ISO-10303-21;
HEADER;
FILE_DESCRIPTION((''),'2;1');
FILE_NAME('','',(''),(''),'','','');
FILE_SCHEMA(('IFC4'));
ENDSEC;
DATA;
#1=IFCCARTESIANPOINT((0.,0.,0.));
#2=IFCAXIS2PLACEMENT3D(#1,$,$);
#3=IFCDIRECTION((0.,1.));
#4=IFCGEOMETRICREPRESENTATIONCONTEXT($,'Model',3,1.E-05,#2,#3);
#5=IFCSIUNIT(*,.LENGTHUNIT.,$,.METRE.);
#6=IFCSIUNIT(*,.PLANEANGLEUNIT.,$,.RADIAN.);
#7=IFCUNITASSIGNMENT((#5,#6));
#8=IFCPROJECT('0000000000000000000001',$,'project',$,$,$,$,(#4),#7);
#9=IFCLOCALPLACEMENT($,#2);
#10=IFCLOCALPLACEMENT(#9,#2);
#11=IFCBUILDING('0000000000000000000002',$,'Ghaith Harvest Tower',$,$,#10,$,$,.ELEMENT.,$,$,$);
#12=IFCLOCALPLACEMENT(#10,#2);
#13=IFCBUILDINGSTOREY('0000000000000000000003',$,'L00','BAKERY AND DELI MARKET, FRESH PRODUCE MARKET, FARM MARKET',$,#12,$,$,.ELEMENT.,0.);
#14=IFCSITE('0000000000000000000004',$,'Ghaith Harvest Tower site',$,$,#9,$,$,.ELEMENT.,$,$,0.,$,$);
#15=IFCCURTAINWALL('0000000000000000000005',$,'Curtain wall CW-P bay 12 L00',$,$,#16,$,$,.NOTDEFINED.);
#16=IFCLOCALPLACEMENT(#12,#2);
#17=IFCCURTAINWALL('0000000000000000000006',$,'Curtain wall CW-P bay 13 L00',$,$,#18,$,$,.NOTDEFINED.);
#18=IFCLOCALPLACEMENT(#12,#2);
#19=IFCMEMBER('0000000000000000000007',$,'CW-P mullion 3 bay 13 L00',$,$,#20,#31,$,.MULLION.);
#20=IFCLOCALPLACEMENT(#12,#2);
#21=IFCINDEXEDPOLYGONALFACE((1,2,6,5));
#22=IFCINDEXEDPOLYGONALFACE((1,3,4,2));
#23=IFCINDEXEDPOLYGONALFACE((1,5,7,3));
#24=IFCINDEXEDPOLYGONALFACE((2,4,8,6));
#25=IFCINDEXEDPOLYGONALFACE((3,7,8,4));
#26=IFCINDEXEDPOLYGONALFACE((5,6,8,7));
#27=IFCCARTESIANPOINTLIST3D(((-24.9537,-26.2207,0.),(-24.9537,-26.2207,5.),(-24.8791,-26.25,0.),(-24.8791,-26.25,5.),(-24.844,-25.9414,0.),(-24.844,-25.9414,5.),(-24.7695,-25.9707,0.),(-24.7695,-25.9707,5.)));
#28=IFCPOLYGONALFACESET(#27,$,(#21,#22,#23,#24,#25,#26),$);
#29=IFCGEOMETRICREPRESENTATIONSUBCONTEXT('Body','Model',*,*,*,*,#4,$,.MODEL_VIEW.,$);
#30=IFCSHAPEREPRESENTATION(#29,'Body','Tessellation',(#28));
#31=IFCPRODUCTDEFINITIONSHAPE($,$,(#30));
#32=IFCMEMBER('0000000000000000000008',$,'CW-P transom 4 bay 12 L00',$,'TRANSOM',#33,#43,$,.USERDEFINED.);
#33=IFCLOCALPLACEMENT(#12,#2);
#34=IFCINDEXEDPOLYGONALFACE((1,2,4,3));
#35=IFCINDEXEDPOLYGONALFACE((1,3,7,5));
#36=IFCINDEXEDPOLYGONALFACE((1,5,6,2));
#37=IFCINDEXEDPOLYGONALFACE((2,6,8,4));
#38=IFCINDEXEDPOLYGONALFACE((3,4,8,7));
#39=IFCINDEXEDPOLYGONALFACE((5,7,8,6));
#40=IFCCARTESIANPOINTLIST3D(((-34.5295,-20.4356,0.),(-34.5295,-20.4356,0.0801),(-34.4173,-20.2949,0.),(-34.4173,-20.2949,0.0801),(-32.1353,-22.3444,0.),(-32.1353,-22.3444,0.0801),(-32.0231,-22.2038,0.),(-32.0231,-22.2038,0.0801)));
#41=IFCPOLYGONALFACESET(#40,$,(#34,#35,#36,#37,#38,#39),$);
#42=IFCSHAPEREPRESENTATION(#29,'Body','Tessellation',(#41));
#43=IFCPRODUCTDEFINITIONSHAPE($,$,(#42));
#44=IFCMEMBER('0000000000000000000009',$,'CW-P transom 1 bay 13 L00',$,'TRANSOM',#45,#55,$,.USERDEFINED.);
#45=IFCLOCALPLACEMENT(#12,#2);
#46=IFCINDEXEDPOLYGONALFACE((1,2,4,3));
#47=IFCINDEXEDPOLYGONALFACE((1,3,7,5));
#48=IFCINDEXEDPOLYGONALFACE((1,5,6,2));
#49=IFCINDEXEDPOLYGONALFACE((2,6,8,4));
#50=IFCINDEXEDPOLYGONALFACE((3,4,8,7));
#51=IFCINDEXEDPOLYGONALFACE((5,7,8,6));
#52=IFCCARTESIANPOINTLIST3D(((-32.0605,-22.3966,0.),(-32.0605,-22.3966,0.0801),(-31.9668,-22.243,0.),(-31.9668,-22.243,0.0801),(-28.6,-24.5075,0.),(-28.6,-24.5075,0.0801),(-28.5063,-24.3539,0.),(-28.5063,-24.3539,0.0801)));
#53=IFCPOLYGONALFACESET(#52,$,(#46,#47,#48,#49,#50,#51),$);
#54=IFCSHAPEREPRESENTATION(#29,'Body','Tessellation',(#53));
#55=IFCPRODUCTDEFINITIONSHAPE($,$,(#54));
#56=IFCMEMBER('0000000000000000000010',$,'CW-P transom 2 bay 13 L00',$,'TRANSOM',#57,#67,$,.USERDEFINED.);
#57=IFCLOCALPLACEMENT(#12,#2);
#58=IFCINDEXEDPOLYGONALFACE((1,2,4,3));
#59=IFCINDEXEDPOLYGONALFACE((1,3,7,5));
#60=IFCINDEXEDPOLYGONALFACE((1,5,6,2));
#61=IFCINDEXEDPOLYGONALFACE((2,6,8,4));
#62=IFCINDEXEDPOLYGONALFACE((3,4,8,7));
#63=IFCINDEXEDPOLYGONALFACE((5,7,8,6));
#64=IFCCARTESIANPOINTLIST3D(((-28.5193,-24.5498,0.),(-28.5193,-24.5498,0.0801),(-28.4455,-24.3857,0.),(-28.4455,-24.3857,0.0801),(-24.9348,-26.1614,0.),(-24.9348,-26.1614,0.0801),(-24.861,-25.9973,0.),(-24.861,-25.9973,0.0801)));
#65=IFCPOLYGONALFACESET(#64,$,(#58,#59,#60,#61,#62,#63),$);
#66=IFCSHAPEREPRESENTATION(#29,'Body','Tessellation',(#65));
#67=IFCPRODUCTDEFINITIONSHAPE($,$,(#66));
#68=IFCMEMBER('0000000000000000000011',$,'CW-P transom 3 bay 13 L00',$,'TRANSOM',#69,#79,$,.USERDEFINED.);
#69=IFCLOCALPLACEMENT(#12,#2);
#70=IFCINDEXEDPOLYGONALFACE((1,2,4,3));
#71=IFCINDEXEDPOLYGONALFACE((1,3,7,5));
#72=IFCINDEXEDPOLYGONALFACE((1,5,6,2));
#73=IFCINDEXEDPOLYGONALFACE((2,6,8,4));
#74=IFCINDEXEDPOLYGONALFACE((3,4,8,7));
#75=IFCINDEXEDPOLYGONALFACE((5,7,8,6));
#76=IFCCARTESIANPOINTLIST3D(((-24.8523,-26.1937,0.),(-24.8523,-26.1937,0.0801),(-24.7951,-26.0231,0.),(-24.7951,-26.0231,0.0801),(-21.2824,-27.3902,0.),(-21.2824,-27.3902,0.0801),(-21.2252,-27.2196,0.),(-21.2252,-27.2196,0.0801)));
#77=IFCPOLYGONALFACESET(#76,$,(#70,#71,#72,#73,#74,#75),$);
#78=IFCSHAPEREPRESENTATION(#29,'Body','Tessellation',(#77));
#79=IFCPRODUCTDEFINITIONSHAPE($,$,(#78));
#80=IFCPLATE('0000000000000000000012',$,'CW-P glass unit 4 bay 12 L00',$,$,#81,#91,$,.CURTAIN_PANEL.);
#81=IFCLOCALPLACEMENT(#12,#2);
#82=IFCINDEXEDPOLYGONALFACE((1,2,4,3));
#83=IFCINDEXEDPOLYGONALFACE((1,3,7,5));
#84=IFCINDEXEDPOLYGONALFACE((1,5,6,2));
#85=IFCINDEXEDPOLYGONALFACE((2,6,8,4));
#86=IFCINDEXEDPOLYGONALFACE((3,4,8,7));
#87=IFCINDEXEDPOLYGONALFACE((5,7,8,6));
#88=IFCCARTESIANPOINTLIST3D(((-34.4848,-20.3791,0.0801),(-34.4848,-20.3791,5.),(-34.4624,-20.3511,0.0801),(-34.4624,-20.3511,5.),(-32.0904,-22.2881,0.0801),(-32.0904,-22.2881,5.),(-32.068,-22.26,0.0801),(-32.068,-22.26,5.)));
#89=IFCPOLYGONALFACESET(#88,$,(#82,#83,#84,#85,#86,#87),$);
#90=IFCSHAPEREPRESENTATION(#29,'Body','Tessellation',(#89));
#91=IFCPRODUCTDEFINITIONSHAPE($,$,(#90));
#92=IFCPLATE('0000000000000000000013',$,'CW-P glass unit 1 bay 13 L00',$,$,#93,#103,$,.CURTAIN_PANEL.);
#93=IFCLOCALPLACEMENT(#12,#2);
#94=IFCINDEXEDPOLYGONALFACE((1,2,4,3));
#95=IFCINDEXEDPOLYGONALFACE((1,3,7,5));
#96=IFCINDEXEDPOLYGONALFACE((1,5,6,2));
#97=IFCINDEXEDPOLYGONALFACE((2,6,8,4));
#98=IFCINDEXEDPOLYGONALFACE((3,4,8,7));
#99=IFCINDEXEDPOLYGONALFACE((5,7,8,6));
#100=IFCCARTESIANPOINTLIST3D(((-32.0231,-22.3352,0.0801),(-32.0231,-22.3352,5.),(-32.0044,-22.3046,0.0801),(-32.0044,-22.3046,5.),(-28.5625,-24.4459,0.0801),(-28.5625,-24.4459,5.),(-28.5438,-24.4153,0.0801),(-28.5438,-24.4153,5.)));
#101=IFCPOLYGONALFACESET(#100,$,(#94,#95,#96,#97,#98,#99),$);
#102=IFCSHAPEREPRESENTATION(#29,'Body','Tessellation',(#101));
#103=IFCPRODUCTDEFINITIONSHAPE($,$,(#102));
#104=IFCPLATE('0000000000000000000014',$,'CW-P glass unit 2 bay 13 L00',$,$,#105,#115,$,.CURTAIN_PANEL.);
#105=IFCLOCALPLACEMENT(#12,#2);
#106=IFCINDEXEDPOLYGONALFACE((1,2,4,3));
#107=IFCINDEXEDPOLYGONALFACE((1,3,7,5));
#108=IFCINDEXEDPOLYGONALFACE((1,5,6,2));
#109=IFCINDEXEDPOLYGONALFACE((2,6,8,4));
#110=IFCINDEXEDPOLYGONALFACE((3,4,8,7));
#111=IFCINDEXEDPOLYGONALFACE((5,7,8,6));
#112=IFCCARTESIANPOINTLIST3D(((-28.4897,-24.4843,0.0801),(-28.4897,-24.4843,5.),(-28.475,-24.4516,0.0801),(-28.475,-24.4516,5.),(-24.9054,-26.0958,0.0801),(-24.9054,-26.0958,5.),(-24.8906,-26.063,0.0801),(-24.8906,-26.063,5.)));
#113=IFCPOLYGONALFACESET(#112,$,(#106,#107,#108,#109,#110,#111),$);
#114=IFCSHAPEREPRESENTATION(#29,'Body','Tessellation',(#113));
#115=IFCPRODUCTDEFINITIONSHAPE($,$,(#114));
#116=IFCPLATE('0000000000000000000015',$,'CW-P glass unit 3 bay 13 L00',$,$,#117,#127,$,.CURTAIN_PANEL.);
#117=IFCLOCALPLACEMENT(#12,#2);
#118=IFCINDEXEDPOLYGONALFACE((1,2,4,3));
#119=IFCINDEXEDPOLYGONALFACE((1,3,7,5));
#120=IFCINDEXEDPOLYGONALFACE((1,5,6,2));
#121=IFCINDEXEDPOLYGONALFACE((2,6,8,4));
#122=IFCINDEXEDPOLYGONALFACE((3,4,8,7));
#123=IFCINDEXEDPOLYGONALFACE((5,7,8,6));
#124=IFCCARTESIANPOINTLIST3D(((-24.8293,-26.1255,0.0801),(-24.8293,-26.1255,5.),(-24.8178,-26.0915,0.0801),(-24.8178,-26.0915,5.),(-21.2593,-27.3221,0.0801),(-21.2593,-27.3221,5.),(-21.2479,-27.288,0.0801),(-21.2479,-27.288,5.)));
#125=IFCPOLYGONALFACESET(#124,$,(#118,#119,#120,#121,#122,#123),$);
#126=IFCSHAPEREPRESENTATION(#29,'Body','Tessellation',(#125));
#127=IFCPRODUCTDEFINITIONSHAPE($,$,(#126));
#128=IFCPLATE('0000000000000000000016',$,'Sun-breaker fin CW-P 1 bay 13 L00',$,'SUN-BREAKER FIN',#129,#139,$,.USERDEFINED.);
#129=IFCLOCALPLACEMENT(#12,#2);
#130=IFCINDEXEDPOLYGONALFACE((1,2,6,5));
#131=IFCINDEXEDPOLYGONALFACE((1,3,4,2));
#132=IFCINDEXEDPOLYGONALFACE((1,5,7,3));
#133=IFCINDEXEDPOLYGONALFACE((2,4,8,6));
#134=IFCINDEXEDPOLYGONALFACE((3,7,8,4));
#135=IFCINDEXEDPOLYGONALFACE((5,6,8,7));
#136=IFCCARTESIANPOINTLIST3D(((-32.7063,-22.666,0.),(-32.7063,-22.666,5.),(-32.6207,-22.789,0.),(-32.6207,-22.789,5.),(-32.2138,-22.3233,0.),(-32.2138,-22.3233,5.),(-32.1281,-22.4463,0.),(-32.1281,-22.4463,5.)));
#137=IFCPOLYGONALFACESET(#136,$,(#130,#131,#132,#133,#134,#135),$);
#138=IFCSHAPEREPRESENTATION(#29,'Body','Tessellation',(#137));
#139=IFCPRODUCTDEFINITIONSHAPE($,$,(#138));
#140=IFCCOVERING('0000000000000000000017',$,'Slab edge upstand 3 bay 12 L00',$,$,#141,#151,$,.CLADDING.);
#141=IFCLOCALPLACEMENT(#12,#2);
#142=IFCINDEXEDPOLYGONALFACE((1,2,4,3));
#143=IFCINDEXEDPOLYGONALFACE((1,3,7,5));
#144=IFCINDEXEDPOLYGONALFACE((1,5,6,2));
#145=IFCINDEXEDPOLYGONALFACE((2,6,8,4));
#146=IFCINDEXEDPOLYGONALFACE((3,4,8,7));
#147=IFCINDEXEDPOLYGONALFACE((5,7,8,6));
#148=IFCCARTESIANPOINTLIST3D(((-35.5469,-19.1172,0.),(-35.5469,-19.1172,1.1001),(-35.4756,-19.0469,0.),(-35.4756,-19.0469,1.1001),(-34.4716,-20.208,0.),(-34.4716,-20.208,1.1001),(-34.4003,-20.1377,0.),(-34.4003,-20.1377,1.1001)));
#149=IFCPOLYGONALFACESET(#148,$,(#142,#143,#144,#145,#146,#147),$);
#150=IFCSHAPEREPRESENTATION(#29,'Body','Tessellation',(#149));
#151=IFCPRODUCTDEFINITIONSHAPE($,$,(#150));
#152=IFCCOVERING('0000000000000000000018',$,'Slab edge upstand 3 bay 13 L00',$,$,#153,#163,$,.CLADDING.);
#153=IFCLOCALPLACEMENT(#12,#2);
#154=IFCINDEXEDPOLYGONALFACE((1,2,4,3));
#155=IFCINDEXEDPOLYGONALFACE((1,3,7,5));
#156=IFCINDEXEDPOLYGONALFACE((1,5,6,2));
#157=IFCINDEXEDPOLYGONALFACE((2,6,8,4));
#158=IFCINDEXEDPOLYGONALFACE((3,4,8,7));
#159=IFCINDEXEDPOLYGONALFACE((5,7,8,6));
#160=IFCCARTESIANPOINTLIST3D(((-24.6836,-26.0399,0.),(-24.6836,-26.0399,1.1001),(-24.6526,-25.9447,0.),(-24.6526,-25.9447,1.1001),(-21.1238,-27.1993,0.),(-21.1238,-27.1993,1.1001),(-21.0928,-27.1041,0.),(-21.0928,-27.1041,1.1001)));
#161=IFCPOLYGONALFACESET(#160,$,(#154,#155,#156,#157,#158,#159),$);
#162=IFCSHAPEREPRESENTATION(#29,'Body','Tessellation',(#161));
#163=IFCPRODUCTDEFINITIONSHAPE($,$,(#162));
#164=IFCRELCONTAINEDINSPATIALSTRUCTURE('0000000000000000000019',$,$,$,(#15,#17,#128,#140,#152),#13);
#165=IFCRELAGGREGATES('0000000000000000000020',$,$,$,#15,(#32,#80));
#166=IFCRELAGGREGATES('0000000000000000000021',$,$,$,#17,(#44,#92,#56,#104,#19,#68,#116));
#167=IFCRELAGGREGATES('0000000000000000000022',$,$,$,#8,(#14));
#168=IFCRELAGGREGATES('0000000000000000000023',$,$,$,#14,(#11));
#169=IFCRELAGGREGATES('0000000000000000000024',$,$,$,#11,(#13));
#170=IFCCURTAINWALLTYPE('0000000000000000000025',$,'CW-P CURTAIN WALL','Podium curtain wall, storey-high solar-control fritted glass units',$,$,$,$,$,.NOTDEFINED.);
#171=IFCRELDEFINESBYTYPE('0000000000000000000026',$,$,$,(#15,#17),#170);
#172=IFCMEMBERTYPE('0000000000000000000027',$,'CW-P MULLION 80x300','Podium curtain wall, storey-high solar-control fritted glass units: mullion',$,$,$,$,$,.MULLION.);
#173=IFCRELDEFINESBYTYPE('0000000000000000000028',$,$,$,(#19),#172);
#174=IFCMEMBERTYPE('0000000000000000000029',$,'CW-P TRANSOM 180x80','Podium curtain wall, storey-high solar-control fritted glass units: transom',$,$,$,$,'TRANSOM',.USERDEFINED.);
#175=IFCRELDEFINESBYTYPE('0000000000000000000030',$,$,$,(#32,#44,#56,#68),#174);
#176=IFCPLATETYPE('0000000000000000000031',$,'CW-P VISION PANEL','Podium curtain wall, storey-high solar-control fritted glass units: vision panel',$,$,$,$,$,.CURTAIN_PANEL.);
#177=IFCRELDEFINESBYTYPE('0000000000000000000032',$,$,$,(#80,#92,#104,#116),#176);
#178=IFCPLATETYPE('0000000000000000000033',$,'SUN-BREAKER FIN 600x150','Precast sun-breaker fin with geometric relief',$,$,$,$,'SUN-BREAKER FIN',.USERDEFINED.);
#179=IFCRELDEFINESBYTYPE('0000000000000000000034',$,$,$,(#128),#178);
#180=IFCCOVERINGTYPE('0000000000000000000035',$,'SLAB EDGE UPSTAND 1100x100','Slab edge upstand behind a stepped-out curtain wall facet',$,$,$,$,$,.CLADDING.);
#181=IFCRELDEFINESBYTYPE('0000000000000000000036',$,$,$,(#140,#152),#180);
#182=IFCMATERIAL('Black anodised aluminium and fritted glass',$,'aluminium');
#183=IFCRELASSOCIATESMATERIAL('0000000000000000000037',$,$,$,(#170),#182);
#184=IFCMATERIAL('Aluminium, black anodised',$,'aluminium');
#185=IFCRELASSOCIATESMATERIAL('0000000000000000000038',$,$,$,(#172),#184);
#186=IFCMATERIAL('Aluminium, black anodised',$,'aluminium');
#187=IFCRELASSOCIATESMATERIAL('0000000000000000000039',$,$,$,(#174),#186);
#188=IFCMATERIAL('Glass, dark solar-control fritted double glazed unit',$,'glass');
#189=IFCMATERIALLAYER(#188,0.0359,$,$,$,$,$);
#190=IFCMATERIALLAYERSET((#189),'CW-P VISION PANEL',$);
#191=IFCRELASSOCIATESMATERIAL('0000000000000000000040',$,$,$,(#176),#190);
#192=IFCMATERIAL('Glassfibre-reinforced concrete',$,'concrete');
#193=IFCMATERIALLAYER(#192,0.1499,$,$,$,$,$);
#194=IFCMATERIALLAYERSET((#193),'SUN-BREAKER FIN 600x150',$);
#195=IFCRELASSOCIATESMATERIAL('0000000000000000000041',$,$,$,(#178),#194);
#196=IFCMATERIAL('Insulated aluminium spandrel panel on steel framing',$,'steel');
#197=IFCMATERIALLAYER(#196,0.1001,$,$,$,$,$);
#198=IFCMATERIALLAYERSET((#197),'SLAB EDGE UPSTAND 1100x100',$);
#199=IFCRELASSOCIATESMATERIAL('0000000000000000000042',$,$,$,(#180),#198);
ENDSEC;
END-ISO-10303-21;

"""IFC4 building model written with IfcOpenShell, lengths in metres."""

from ifc_helpers import new_model, si_unit, direction, frame, origin, origin_2d, place, context, subcontext, project, spatial, rectangle, extrude, material, layer, layer_set, material_profile, profile_set, type_object, element, aggregate, save


model = new_model("IFC4")

# Units and contexts
model_context = context("Model", 3, precision=1e-05, world=origin(), true_north=direction((0.0, 1.0)))
body_context = subcontext(model_context, "Body", "Model", "MODEL_VIEW")
ifc_project = project(units=[si_unit("LENGTHUNIT", "METRE"), si_unit("PLANEANGLEUNIT", "RADIAN")], contexts=[model_context])

# Site, building, storey
site_placement = place(None, origin())
site = spatial("IfcSite", under=ifc_project, at=site_placement, Name="Ghaith Harvest Tower site", CompositionType="ELEMENT", RefElevation=0.0)
building_placement = place(site_placement, origin())
building = spatial("IfcBuilding", under=site, at=building_placement, Name="Ghaith Harvest Tower", CompositionType="ELEMENT")
storey_placement = place(building_placement, origin())
storey = spatial("IfcBuildingStorey", under=building, at=storey_placement, Name="L00", Description="BAKERY AND DELI MARKET, FRESH PRODUCE MARKET, FARM MARKET", CompositionType="ELEMENT", Elevation=0.0)

# Curtain wall
ifc_material_1 = material(Name="Black anodised aluminium and fritted glass", Category="aluminium")
curtain_wall_type = type_object("IfcCurtainWallType", Name="CW-P CURTAIN WALL", Description="Podium curtain wall, storey-high solar-control fritted glass units", PredefinedType="NOTDEFINED", material=ifc_material_1)
curtain_wall_1_placement = place(storey_placement, origin())
curtain_wall_1 = element("IfcCurtainWall", 1, at=curtain_wall_1_placement, inside=storey, type_object=curtain_wall_type, Name="Curtain wall CW-P bay 12 L00", PredefinedType="NOTDEFINED")
ifc_material_2 = material(Name="Aluminium, black anodised", Category="aluminium")
ifc_material_profile_1 = material_profile(ifc_material_2, rectangle(XDim=0.0801, YDim=0.3, at=origin_2d()), Name="CW-P MULLION 80x300")
ifc_profile_set_1 = profile_set([ifc_material_profile_1], Name="Aluminium, black anodised")
member_type_1 = type_object("IfcMemberType", Name="CW-P MULLION 80x300", Description="Podium curtain wall, storey-high solar-control fritted glass units: mullion", PredefinedType="MULLION", material=ifc_profile_set_1)

# Curtain wall, member
curtain_wall_2_placement = place(storey_placement, origin())
curtain_wall_2 = element("IfcCurtainWall", 2, at=curtain_wall_2_placement, inside=storey, type_object=curtain_wall_type, Name="Curtain wall CW-P bay 13 L00", PredefinedType="NOTDEFINED")
member_1_placement = place(storey_placement, frame((-24.8616, -26.0957, 0.0), z_axis=(0.0, 0.0, 1.0), x_axis=(0.930876, -0.365336, 0.0)))
member_1 = element("IfcMember", 3, at=member_1_placement, type_object=member_type_1, Name="CW-P mullion 3 bay 13 L00", PredefinedType="MULLION", context=body_context, shape_type="SweptSolid", body=[
    extrude(rectangle(XDim=0.0801, YDim=0.3, at=origin_2d()), origin(), (0.0, 0.0, 1.0), 5.0),
])

# Members
ifc_material_3 = material(Name="Aluminium, black anodised", Category="aluminium")
ifc_material_profile_2 = material_profile(ifc_material_3, rectangle(XDim=0.1799, YDim=0.0801, at=origin_2d()), Name="CW-P TRANSOM 180x80")
ifc_profile_set_2 = profile_set([ifc_material_profile_2], Name="Aluminium, black anodised")
member_type_2 = type_object("IfcMemberType", Name="CW-P TRANSOM 180x80", Description="Podium curtain wall, storey-high solar-control fritted glass units: transom", ElementType="TRANSOM", PredefinedType="USERDEFINED", material=ifc_profile_set_2)
member_2_placement = place(storey_placement, frame((-34.4734, -20.3652, 0.04), z_axis=(0.781902, -0.623401, 0.0), x_axis=(0.623401, 0.781902, 0.0)))
member_2 = element("IfcMember", 4, at=member_2_placement, type_object=member_type_2, Name="CW-P transom 4 bay 12 L00", ObjectType="TRANSOM", PredefinedType="USERDEFINED", context=body_context, shape_type="SweptSolid", body=[
    extrude(rectangle(XDim=0.1799, YDim=0.0801, at=origin_2d()), origin(), (0.0, 0.0, 1.0), 3.062),
])
member_3_placement = place(storey_placement, frame((-32.0137, -22.3198, 0.04), z_axis=(0.853707, -0.520753, 0.0), x_axis=(0.520753, 0.853707, 0.0)))
member_3 = element("IfcMember", 5, at=member_3_placement, type_object=member_type_2, Name="CW-P transom 1 bay 13 L00", ObjectType="TRANSOM", PredefinedType="USERDEFINED", context=body_context, shape_type="SweptSolid", body=[
    extrude(rectangle(XDim=0.1799, YDim=0.0801, at=origin_2d()), origin(), (0.0, 0.0, 1.0), 4.0535),
])
member_4_placement = place(storey_placement, frame((-28.4824, -24.4678, 0.04), z_axis=(0.912059, -0.41006, 0.0), x_axis=(0.41006, 0.912059, 0.0)))
member_4 = element("IfcMember", 6, at=member_4_placement, type_object=member_type_2, Name="CW-P transom 2 bay 13 L00", ObjectType="TRANSOM", PredefinedType="USERDEFINED", context=body_context, shape_type="SweptSolid", body=[
    extrude(rectangle(XDim=0.1799, YDim=0.0801, at=origin_2d()), origin(), (0.0, 0.0, 1.0), 3.9302),
])
member_5_placement = place(storey_placement, frame((-24.8237, -26.1084, 0.04), z_axis=(0.948163, -0.317784, 0.0), x_axis=(0.317784, 0.948163, 0.0)))
member_5 = element("IfcMember", 7, at=member_5_placement, type_object=member_type_2, Name="CW-P transom 3 bay 13 L00", ObjectType="TRANSOM", PredefinedType="USERDEFINED", context=body_context, shape_type="SweptSolid", body=[
    extrude(rectangle(XDim=0.1799, YDim=0.0801, at=origin_2d()), origin(), (0.0, 0.0, 1.0), 3.7651),
])

# Plates
ifc_material_4 = material(Name="Glass, dark solar-control fritted double glazed unit", Category="glass")
ifc_layer_1 = layer(ifc_material_4, 0.0359)
ifc_layer_set_1 = layer_set([ifc_layer_1], Name="CW-P VISION PANEL")
plate_type_1 = type_object("IfcPlateType", Name="CW-P VISION PANEL", Description="Podium curtain wall, storey-high solar-control fritted glass units: vision panel", PredefinedType="CURTAIN_PANEL", material=ifc_layer_set_1)
plate_1_placement = place(storey_placement, frame((-33.2764, -21.3196, 0.0801), z_axis=(0.0, 0.0, 1.0), x_axis=(0.781909, -0.623393, 0.0)))
plate_1 = element("IfcPlate", 8, at=plate_1_placement, type_object=plate_type_1, Name="CW-P glass unit 4 bay 12 L00", PredefinedType="CURTAIN_PANEL", context=body_context, shape_type="SweptSolid", body=[
    extrude(rectangle(XDim=3.0623, YDim=0.0359, at=origin_2d()), origin(), (0.0, 0.0, 1.0), 4.9199),
])
aggregate(curtain_wall_1, [member_2, plate_1])
plate_2_placement = place(storey_placement, frame((-30.2834, -23.3752, 0.0801), z_axis=(0.0, 0.0, 1.0), x_axis=(0.853735, -0.520708, 0.0)))
plate_2 = element("IfcPlate", 9, at=plate_2_placement, type_object=plate_type_1, Name="CW-P glass unit 1 bay 13 L00", PredefinedType="CURTAIN_PANEL", context=body_context, shape_type="SweptSolid", body=[
    extrude(rectangle(XDim=4.0535, YDim=0.0359, at=origin_2d()), origin(), (0.0, 0.0, 1.0), 4.9199),
])
plate_3_placement = place(storey_placement, frame((-26.6902, -25.2737, 0.0801), z_axis=(0.0, 0.0, 1.0), x_axis=(0.912067, -0.410042, 0.0)))
plate_3 = element("IfcPlate", 10, at=plate_3_placement, type_object=plate_type_1, Name="CW-P glass unit 2 bay 13 L00", PredefinedType="CURTAIN_PANEL", context=body_context, shape_type="SweptSolid", body=[
    extrude(rectangle(XDim=3.9299, YDim=0.0359, at=origin_2d()), origin(), (0.0, 0.0, 1.0), 4.9199),
])
plate_4_placement = place(storey_placement, frame((-23.0386, -26.7068, 0.0801), z_axis=(0.0, 0.0, 1.0), x_axis=(0.948159, -0.317796, 0.0)))
plate_4 = element("IfcPlate", 11, at=plate_4_placement, type_object=plate_type_1, Name="CW-P glass unit 3 bay 13 L00", PredefinedType="CURTAIN_PANEL", context=body_context, shape_type="SweptSolid", body=[
    extrude(rectangle(XDim=3.7651, YDim=0.0359, at=origin_2d()), origin(), (0.0, 0.0, 1.0), 4.9199),
])
aggregate(curtain_wall_2, [member_3, plate_2, member_4, plate_3, member_1, member_5, plate_4])
ifc_material_5 = material(Name="Glassfibre-reinforced concrete", Category="concrete")
ifc_layer_2 = layer(ifc_material_5, 0.1499)
ifc_layer_set_2 = layer_set([ifc_layer_2], Name="SUN-BREAKER FIN 600x150")
plate_type_2 = type_object("IfcPlateType", Name="SUN-BREAKER FIN 600x150", Description="Precast sun-breaker fin with geometric relief", ElementType="SUN-BREAKER FIN", PredefinedType="USERDEFINED", material=ifc_layer_set_2)
plate_5_placement = place(storey_placement, frame((-32.4172, -22.5562, 0.0), z_axis=(0.0, 0.0, 1.0), x_axis=(-0.820845, -0.57115, 0.0)))
element("IfcPlate", 12, at=plate_5_placement, inside=storey, type_object=plate_type_2, Name="Sun-breaker fin CW-P 1 bay 13 L00", ObjectType="SUN-BREAKER FIN", PredefinedType="USERDEFINED", context=body_context, shape_type="SweptSolid", body=[
    extrude(rectangle(XDim=0.6001, YDim=0.1499, at=origin_2d()), origin(), (0.0, 0.0, 1.0), 5.0),
])

# Coverings
ifc_material_6 = material(Name="Insulated aluminium spandrel panel on steel framing", Category="steel")
ifc_layer_3 = layer(ifc_material_6, 0.1001)
ifc_layer_set_3 = layer_set([ifc_layer_3], Name="SLAB EDGE UPSTAND 1100x100")
covering_type = type_object("IfcCoveringType", Name="SLAB EDGE UPSTAND 1100x100", Description="Slab edge upstand behind a stepped-out curtain wall facet", PredefinedType="CLADDING", material=ifc_layer_set_3)
covering_1_placement = place(storey_placement, frame((-34.9736, -19.6274, 0.0), z_axis=(0.0, 0.0, 1.0), x_axis=(0.702024, -0.712153, 0.0)))
element("IfcCovering", 13, at=covering_1_placement, inside=storey, type_object=covering_type, Name="Slab edge upstand 3 bay 12 L00", PredefinedType="CLADDING", context=body_context, shape_type="SweptSolid", body=[
    extrude(rectangle(XDim=1.5317, YDim=0.1001, at=origin_2d()), origin(), (0.0, 0.0, 1.0), 1.1001),
])
covering_2_placement = place(storey_placement, frame((-22.8882, -26.572, 0.0), z_axis=(0.0, 0.0, 1.0), x_axis=(0.950843, -0.309673, 0.0)))
element("IfcCovering", 14, at=covering_2_placement, inside=storey, type_object=covering_type, Name="Slab edge upstand 3 bay 13 L00", PredefinedType="CLADDING", context=body_context, shape_type="SweptSolid", body=[
    extrude(rectangle(XDim=3.7439, YDim=0.1001, at=origin_2d()), origin(), (0.0, 0.0, 1.0), 1.1001),
])

save(model, "model.ifc")
